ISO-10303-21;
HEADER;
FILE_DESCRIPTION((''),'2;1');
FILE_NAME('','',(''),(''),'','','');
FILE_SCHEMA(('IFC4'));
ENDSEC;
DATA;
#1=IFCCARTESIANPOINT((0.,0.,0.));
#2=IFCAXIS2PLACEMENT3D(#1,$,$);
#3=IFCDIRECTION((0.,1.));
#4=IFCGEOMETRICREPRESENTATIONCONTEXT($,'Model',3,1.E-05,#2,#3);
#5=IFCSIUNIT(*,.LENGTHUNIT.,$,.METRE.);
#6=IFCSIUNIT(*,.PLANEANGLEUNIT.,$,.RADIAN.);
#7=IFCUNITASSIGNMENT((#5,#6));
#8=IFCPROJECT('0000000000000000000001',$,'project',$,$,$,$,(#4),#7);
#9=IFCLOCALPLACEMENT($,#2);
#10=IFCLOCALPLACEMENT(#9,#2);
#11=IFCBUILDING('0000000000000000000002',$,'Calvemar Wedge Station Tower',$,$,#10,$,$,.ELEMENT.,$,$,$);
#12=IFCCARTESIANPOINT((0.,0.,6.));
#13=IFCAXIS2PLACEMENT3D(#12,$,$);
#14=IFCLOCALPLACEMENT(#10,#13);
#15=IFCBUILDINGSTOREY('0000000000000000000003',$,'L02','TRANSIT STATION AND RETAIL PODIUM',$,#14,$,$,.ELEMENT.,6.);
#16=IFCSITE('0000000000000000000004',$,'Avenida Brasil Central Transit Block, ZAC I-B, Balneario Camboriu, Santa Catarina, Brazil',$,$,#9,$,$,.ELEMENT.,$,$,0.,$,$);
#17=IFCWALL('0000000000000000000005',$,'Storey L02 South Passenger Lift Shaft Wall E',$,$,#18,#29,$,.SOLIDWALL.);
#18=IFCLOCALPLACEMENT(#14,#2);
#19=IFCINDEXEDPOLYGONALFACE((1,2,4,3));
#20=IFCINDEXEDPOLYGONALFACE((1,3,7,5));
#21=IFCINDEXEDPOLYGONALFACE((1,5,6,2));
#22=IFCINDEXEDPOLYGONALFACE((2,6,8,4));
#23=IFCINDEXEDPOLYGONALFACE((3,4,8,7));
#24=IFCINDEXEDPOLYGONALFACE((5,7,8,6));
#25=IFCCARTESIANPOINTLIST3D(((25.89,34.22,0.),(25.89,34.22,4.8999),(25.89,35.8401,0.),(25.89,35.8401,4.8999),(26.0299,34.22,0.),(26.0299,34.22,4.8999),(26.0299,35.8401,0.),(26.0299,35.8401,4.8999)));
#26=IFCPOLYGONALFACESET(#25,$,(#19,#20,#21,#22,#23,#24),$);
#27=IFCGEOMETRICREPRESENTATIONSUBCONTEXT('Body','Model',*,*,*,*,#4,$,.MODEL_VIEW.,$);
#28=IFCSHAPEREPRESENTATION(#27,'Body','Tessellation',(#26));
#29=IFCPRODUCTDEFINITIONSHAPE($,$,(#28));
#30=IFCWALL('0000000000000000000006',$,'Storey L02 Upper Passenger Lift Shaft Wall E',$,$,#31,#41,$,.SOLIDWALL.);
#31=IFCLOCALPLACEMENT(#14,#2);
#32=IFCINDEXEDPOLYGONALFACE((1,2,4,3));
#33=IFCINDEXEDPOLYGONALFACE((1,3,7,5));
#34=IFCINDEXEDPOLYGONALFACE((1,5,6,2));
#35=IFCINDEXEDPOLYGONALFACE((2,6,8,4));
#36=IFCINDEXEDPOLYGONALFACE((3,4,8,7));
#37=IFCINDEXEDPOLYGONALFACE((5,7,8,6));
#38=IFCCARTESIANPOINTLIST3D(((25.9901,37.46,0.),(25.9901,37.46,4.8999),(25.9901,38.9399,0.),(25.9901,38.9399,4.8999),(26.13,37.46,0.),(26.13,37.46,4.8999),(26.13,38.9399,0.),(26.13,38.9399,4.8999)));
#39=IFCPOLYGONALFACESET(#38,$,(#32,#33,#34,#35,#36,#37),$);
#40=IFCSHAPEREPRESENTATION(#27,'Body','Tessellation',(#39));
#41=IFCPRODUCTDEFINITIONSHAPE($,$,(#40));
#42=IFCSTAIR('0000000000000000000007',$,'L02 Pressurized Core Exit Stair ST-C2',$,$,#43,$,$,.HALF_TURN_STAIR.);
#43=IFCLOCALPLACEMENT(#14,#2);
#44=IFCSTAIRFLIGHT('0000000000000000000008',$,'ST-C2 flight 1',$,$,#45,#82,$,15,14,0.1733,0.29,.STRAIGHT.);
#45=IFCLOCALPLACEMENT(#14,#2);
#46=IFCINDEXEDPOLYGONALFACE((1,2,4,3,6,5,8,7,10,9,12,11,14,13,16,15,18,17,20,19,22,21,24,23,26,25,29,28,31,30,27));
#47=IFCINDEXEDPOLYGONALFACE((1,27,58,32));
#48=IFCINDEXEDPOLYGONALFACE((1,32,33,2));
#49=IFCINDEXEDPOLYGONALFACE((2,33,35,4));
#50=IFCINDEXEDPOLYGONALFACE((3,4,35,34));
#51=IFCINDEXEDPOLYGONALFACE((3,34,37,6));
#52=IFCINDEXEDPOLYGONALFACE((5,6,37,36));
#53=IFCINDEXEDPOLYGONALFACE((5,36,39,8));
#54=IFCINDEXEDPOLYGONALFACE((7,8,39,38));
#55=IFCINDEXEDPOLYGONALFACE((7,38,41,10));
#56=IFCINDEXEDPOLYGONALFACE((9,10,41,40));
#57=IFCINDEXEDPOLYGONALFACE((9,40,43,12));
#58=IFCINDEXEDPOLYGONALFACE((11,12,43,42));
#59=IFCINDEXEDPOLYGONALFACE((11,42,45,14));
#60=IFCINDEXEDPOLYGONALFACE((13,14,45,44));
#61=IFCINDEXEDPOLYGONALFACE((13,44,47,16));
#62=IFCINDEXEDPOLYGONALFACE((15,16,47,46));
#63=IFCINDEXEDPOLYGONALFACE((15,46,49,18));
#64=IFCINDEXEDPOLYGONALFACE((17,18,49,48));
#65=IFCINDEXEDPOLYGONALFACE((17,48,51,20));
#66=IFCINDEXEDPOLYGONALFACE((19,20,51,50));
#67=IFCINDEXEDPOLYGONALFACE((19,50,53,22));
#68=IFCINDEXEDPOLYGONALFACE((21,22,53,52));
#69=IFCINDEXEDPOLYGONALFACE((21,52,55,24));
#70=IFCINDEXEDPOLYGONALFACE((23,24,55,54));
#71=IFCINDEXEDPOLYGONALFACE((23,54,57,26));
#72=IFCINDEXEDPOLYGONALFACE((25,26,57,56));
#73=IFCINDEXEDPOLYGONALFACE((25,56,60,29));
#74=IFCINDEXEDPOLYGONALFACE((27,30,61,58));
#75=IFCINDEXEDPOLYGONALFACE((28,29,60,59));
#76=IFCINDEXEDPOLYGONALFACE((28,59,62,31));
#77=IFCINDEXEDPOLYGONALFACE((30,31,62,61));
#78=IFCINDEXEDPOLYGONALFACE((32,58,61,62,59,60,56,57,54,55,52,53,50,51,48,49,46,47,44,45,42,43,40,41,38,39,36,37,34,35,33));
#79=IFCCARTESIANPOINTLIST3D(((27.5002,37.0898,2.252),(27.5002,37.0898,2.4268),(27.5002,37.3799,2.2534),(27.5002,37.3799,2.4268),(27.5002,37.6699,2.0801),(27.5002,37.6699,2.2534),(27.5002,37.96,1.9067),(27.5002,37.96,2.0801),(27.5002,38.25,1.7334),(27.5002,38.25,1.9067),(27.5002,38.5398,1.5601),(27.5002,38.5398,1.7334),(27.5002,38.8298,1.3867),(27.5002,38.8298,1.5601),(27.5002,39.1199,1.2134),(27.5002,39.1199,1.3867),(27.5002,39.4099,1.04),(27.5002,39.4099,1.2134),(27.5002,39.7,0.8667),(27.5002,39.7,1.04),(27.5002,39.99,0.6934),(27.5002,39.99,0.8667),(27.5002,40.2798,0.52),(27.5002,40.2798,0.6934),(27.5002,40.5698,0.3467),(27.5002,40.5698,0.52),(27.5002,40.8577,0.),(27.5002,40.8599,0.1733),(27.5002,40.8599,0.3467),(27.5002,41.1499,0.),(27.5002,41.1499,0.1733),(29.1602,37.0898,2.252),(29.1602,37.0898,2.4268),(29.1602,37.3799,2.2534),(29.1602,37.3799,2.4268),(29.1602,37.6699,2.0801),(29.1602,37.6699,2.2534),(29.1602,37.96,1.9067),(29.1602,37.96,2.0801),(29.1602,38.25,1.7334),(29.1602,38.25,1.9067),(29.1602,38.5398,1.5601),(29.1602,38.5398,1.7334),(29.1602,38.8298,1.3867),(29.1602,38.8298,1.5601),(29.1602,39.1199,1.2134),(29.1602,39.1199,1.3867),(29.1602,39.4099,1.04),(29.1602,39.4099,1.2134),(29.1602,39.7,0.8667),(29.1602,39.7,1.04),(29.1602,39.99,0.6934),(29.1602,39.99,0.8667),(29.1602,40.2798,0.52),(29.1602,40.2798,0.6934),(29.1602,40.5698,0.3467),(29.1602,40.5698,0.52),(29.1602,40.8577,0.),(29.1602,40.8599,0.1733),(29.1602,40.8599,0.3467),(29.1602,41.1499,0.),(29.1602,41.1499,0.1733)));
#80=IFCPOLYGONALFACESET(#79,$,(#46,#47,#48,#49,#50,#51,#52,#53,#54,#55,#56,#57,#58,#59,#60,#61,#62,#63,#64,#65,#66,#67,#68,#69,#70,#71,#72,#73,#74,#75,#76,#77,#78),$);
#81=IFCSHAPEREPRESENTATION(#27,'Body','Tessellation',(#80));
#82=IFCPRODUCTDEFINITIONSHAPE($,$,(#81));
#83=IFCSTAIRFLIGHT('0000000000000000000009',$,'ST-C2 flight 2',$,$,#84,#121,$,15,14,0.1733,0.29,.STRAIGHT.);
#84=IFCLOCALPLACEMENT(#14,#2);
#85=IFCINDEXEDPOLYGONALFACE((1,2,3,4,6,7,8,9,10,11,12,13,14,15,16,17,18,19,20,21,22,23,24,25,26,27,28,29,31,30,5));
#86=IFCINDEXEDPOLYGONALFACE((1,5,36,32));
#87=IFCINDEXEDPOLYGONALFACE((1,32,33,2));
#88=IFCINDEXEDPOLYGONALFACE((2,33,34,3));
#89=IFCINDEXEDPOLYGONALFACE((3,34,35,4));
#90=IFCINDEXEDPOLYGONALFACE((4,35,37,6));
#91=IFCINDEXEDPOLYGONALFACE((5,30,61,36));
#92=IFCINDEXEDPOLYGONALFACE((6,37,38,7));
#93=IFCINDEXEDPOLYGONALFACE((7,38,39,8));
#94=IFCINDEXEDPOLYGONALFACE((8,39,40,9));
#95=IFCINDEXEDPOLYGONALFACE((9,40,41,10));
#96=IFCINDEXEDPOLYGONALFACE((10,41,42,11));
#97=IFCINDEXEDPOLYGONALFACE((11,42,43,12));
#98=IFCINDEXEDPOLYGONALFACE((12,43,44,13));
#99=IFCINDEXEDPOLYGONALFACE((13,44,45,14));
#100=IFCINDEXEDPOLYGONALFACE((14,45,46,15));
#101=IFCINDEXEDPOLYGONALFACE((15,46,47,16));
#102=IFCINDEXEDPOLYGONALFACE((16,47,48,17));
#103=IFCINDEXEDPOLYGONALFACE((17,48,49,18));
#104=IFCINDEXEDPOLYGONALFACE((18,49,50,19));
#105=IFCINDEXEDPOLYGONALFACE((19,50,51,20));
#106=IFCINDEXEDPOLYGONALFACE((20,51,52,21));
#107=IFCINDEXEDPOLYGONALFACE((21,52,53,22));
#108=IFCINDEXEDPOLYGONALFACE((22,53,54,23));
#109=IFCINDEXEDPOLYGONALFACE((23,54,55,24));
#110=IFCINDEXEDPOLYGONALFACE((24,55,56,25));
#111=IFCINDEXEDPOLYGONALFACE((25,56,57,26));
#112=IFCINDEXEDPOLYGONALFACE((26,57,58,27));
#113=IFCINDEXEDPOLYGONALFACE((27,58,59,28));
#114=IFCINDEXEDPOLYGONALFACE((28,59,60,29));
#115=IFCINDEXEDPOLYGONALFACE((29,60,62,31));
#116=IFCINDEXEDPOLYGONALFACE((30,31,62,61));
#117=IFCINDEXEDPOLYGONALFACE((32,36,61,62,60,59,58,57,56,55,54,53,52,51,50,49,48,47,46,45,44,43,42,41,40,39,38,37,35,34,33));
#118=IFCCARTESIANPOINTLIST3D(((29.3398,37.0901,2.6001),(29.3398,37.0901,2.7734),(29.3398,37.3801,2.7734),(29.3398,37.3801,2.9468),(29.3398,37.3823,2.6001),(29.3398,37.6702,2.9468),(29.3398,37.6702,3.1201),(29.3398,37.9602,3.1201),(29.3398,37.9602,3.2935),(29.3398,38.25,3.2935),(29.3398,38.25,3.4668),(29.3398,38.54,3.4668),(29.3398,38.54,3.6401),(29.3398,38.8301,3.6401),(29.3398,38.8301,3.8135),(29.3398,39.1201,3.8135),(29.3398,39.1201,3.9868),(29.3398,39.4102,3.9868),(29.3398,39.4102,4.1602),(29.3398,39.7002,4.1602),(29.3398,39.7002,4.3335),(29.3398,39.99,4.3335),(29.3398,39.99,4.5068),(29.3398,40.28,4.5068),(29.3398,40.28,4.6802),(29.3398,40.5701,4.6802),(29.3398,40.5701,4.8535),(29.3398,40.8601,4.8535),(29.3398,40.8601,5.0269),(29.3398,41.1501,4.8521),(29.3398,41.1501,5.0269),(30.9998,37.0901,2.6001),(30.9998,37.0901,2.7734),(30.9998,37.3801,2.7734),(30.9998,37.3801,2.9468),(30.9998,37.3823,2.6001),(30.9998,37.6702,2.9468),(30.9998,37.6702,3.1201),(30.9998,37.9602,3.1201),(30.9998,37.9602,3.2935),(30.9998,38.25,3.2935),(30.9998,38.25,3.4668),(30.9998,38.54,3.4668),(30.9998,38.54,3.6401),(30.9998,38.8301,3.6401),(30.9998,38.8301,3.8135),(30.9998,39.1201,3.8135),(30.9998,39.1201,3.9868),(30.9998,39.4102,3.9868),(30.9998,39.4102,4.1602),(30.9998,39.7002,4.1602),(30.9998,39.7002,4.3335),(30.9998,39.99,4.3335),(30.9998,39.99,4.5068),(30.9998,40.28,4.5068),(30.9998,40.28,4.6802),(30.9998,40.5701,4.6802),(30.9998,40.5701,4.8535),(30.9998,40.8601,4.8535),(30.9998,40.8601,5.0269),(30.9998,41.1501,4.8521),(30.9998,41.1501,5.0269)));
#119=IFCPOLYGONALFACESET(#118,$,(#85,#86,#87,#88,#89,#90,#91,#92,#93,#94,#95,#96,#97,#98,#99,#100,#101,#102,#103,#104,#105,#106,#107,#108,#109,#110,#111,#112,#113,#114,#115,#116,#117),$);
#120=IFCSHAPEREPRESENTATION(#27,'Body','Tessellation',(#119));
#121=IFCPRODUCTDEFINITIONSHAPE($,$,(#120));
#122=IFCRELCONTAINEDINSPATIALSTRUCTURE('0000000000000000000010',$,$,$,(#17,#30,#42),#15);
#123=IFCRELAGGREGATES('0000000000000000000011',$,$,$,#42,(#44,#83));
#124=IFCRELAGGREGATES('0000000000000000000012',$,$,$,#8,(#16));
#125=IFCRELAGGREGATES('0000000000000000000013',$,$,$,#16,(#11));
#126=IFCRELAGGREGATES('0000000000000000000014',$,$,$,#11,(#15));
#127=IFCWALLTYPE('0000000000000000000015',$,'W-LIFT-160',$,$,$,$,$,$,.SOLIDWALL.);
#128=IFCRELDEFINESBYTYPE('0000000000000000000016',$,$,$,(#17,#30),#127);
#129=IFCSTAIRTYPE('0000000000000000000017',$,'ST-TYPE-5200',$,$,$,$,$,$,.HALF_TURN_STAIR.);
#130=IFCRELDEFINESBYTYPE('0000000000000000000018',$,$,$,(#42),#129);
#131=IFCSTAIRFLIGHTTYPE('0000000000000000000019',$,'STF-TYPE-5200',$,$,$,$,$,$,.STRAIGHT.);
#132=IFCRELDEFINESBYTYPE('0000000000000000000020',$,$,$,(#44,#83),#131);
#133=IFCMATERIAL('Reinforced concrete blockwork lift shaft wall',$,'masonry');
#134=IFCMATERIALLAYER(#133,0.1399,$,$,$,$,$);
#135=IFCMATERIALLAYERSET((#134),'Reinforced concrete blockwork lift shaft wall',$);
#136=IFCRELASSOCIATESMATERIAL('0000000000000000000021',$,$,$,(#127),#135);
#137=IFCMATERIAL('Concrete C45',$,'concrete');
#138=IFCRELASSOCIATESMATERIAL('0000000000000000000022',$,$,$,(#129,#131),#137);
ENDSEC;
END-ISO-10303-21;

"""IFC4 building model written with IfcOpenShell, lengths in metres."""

from ifc_helpers import new_model, si_unit, direction, frame, frame_2d, origin, place, context, subcontext, project, spatial, polyline, rectangle, outline, extrude, material, layer, layer_set, type_object, element, aggregate, save


model = new_model("IFC4")

# Units and contexts
model_context = context("Model", 3, precision=1e-05, world=origin(), true_north=direction((0.0, 1.0)))
body_context = subcontext(model_context, "Body", "Model", "MODEL_VIEW")
ifc_project = project(units=[si_unit("LENGTHUNIT", "METRE"), si_unit("PLANEANGLEUNIT", "RADIAN")], contexts=[model_context])

# Site, building, storey
site_placement = place(None, origin())
site = spatial("IfcSite", under=ifc_project, at=site_placement, Name="Avenida Brasil Central Transit Block, ZAC I-B, Balneario Camboriu, Santa Catarina, Brazil", CompositionType="ELEMENT", RefElevation=0.0)
building_placement = place(site_placement, origin())
building = spatial("IfcBuilding", under=site, at=building_placement, Name="Calvemar Wedge Station Tower", CompositionType="ELEMENT")
storey_placement = place(building_placement, frame((0.0, 0.0, 6.0)))
storey = spatial("IfcBuildingStorey", under=building, at=storey_placement, Name="L02", Description="TRANSIT STATION AND RETAIL PODIUM", CompositionType="ELEMENT", Elevation=6.0)

# Walls
ifc_material_1 = material(Name="Reinforced concrete blockwork lift shaft wall", Category="masonry")
ifc_layer_1 = layer(ifc_material_1, 0.1399)
ifc_layer_set_1 = layer_set([ifc_layer_1], Name="Reinforced concrete blockwork lift shaft wall")
wall_type_1 = type_object("IfcWallType", Name="W-LIFT-160", PredefinedType="SOLIDWALL", material=ifc_layer_set_1)
wall_1_placement = place(storey_placement, frame((25.96, 34.22, 0.0), z_axis=(0.0, 0.0, 1.0), x_axis=(0.0, 1.0, 0.0)))
element("IfcWall", 1, at=wall_1_placement, inside=storey, type_object=wall_type_1, Name="Storey L02 South Passenger Lift Shaft Wall E", PredefinedType="SOLIDWALL", context=body_context, shape_type="SweptSolid", body=[
    extrude(rectangle(XDim=1.6201, YDim=0.1399, at=frame_2d((0.8101, 0.0))), origin(), (0.0, 0.0, 1.0), 4.8999),
])
wall_2_placement = place(storey_placement, frame((26.0601, 37.46, 0.0), z_axis=(0.0, 0.0, 1.0), x_axis=(0.0, 1.0, 0.0)))
element("IfcWall", 2, at=wall_2_placement, inside=storey, type_object=wall_type_1, Name="Storey L02 Upper Passenger Lift Shaft Wall E", PredefinedType="SOLIDWALL", context=body_context, shape_type="SweptSolid", body=[
    extrude(rectangle(XDim=1.48, YDim=0.1399, at=frame_2d((0.74, 0.0))), origin(), (0.0, 0.0, 1.0), 4.8999),
])

# Stair, stair flights
ifc_material_2 = material(Name="Concrete C45", Category="concrete")
stair_type = type_object("IfcStairType", Name="ST-TYPE-5200", PredefinedType="HALF_TURN_STAIR", material=ifc_material_2)
stair_placement = place(storey_placement, origin())
stair = element("IfcStair", 3, at=stair_placement, inside=storey, type_object=stair_type, Name="L02 Pressurized Core Exit Stair ST-C2", PredefinedType="HALF_TURN_STAIR")
stair_flight_type = type_object("IfcStairFlightType", Name="STF-TYPE-5200", PredefinedType="STRAIGHT", material=ifc_material_2)
stair_flight_1_placement = place(storey_placement, frame((28.3301, 41.1499, 0.0), z_axis=(0.0, 0.0, 1.0), x_axis=(0.0, -1.0, 0.0)))
stair_flight_1 = element("IfcStairFlight", 4, at=stair_flight_1_placement, type_object=stair_flight_type, Name="ST-C2 flight 1", NumberOfRisers=15, NumberOfTreads=14, PredefinedType="STRAIGHT", RiserHeight=0.1733, TreadLength=0.29, context=body_context, shape_type="SweptSolid", body=[
    extrude(outline(polyline([(0.0, 0.0), (0.0, 0.1733), (0.29, 0.1733), (0.29, 0.3467), (0.5801, 0.3467), (0.5801, 0.52), (0.8701, 0.52), (0.8701, 0.6934), (1.1599, 0.6934), (1.1599, 0.8667), (1.45, 0.8667), (1.45, 1.04), (1.74, 1.04), (1.74, 1.2134), (2.03, 1.2134), (2.03, 1.3867), (2.3201, 1.3867), (2.3201, 1.5601), (2.6101, 1.5601), (2.6101, 1.7334), (2.8999, 1.7334), (2.8999, 1.9067), (3.1899, 1.9067), (3.1899, 2.0801), (3.48, 2.0801), (3.48, 2.2534), (3.77, 2.2534), (3.77, 2.4268), (4.0601, 2.4268), (4.0601, 2.6001), (4.0601, 2.252), (0.2922, 0.0), (0.0, 0.0)])), frame((0.0, 0.8301, 0.0), z_axis=(0.0, -1.0, 0.0), x_axis=(1.0, 0.0, 0.0)), (0.0, 0.0, 1.0), 1.6599),
])
stair_flight_2_placement = place(storey_placement, frame((30.1699, 37.0901, 2.6001), z_axis=(0.0, 0.0, 1.0), x_axis=(0.0, 1.0, 0.0)))
stair_flight_2 = element("IfcStairFlight", 5, at=stair_flight_2_placement, type_object=stair_flight_type, Name="ST-C2 flight 2", NumberOfRisers=15, NumberOfTreads=14, PredefinedType="STRAIGHT", RiserHeight=0.1733, TreadLength=0.29, context=body_context, shape_type="SweptSolid", body=[
    extrude(outline(polyline([(0.0, 0.0), (0.0, 0.1733), (0.29, 0.1733), (0.29, 0.3467), (0.5801, 0.3467), (0.5801, 0.52), (0.8701, 0.52), (0.8701, 0.6934), (1.1599, 0.6934), (1.1599, 0.8667), (1.45, 0.8667), (1.45, 1.04), (1.74, 1.04), (1.74, 1.2134), (2.03, 1.2134), (2.03, 1.3867), (2.3201, 1.3867), (2.3201, 1.5601), (2.6101, 1.5601), (2.6101, 1.7334), (2.8999, 1.7334), (2.8999, 1.9067), (3.1899, 1.9067), (3.1899, 2.0801), (3.48, 2.0801), (3.48, 2.2534), (3.77, 2.2534), (3.77, 2.4268), (4.0601, 2.4268), (4.0601, 2.6001), (4.0601, 2.252), (0.2922, 0.0), (0.0, 0.0)])), frame((0.0, 0.8301, 0.0), z_axis=(0.0, -1.0, 0.0), x_axis=(1.0, 0.0, 0.0)), (0.0, 0.0, 1.0), 1.6599),
])
aggregate(stair, [stair_flight_1, stair_flight_2])

save(model, "model.ifc")
